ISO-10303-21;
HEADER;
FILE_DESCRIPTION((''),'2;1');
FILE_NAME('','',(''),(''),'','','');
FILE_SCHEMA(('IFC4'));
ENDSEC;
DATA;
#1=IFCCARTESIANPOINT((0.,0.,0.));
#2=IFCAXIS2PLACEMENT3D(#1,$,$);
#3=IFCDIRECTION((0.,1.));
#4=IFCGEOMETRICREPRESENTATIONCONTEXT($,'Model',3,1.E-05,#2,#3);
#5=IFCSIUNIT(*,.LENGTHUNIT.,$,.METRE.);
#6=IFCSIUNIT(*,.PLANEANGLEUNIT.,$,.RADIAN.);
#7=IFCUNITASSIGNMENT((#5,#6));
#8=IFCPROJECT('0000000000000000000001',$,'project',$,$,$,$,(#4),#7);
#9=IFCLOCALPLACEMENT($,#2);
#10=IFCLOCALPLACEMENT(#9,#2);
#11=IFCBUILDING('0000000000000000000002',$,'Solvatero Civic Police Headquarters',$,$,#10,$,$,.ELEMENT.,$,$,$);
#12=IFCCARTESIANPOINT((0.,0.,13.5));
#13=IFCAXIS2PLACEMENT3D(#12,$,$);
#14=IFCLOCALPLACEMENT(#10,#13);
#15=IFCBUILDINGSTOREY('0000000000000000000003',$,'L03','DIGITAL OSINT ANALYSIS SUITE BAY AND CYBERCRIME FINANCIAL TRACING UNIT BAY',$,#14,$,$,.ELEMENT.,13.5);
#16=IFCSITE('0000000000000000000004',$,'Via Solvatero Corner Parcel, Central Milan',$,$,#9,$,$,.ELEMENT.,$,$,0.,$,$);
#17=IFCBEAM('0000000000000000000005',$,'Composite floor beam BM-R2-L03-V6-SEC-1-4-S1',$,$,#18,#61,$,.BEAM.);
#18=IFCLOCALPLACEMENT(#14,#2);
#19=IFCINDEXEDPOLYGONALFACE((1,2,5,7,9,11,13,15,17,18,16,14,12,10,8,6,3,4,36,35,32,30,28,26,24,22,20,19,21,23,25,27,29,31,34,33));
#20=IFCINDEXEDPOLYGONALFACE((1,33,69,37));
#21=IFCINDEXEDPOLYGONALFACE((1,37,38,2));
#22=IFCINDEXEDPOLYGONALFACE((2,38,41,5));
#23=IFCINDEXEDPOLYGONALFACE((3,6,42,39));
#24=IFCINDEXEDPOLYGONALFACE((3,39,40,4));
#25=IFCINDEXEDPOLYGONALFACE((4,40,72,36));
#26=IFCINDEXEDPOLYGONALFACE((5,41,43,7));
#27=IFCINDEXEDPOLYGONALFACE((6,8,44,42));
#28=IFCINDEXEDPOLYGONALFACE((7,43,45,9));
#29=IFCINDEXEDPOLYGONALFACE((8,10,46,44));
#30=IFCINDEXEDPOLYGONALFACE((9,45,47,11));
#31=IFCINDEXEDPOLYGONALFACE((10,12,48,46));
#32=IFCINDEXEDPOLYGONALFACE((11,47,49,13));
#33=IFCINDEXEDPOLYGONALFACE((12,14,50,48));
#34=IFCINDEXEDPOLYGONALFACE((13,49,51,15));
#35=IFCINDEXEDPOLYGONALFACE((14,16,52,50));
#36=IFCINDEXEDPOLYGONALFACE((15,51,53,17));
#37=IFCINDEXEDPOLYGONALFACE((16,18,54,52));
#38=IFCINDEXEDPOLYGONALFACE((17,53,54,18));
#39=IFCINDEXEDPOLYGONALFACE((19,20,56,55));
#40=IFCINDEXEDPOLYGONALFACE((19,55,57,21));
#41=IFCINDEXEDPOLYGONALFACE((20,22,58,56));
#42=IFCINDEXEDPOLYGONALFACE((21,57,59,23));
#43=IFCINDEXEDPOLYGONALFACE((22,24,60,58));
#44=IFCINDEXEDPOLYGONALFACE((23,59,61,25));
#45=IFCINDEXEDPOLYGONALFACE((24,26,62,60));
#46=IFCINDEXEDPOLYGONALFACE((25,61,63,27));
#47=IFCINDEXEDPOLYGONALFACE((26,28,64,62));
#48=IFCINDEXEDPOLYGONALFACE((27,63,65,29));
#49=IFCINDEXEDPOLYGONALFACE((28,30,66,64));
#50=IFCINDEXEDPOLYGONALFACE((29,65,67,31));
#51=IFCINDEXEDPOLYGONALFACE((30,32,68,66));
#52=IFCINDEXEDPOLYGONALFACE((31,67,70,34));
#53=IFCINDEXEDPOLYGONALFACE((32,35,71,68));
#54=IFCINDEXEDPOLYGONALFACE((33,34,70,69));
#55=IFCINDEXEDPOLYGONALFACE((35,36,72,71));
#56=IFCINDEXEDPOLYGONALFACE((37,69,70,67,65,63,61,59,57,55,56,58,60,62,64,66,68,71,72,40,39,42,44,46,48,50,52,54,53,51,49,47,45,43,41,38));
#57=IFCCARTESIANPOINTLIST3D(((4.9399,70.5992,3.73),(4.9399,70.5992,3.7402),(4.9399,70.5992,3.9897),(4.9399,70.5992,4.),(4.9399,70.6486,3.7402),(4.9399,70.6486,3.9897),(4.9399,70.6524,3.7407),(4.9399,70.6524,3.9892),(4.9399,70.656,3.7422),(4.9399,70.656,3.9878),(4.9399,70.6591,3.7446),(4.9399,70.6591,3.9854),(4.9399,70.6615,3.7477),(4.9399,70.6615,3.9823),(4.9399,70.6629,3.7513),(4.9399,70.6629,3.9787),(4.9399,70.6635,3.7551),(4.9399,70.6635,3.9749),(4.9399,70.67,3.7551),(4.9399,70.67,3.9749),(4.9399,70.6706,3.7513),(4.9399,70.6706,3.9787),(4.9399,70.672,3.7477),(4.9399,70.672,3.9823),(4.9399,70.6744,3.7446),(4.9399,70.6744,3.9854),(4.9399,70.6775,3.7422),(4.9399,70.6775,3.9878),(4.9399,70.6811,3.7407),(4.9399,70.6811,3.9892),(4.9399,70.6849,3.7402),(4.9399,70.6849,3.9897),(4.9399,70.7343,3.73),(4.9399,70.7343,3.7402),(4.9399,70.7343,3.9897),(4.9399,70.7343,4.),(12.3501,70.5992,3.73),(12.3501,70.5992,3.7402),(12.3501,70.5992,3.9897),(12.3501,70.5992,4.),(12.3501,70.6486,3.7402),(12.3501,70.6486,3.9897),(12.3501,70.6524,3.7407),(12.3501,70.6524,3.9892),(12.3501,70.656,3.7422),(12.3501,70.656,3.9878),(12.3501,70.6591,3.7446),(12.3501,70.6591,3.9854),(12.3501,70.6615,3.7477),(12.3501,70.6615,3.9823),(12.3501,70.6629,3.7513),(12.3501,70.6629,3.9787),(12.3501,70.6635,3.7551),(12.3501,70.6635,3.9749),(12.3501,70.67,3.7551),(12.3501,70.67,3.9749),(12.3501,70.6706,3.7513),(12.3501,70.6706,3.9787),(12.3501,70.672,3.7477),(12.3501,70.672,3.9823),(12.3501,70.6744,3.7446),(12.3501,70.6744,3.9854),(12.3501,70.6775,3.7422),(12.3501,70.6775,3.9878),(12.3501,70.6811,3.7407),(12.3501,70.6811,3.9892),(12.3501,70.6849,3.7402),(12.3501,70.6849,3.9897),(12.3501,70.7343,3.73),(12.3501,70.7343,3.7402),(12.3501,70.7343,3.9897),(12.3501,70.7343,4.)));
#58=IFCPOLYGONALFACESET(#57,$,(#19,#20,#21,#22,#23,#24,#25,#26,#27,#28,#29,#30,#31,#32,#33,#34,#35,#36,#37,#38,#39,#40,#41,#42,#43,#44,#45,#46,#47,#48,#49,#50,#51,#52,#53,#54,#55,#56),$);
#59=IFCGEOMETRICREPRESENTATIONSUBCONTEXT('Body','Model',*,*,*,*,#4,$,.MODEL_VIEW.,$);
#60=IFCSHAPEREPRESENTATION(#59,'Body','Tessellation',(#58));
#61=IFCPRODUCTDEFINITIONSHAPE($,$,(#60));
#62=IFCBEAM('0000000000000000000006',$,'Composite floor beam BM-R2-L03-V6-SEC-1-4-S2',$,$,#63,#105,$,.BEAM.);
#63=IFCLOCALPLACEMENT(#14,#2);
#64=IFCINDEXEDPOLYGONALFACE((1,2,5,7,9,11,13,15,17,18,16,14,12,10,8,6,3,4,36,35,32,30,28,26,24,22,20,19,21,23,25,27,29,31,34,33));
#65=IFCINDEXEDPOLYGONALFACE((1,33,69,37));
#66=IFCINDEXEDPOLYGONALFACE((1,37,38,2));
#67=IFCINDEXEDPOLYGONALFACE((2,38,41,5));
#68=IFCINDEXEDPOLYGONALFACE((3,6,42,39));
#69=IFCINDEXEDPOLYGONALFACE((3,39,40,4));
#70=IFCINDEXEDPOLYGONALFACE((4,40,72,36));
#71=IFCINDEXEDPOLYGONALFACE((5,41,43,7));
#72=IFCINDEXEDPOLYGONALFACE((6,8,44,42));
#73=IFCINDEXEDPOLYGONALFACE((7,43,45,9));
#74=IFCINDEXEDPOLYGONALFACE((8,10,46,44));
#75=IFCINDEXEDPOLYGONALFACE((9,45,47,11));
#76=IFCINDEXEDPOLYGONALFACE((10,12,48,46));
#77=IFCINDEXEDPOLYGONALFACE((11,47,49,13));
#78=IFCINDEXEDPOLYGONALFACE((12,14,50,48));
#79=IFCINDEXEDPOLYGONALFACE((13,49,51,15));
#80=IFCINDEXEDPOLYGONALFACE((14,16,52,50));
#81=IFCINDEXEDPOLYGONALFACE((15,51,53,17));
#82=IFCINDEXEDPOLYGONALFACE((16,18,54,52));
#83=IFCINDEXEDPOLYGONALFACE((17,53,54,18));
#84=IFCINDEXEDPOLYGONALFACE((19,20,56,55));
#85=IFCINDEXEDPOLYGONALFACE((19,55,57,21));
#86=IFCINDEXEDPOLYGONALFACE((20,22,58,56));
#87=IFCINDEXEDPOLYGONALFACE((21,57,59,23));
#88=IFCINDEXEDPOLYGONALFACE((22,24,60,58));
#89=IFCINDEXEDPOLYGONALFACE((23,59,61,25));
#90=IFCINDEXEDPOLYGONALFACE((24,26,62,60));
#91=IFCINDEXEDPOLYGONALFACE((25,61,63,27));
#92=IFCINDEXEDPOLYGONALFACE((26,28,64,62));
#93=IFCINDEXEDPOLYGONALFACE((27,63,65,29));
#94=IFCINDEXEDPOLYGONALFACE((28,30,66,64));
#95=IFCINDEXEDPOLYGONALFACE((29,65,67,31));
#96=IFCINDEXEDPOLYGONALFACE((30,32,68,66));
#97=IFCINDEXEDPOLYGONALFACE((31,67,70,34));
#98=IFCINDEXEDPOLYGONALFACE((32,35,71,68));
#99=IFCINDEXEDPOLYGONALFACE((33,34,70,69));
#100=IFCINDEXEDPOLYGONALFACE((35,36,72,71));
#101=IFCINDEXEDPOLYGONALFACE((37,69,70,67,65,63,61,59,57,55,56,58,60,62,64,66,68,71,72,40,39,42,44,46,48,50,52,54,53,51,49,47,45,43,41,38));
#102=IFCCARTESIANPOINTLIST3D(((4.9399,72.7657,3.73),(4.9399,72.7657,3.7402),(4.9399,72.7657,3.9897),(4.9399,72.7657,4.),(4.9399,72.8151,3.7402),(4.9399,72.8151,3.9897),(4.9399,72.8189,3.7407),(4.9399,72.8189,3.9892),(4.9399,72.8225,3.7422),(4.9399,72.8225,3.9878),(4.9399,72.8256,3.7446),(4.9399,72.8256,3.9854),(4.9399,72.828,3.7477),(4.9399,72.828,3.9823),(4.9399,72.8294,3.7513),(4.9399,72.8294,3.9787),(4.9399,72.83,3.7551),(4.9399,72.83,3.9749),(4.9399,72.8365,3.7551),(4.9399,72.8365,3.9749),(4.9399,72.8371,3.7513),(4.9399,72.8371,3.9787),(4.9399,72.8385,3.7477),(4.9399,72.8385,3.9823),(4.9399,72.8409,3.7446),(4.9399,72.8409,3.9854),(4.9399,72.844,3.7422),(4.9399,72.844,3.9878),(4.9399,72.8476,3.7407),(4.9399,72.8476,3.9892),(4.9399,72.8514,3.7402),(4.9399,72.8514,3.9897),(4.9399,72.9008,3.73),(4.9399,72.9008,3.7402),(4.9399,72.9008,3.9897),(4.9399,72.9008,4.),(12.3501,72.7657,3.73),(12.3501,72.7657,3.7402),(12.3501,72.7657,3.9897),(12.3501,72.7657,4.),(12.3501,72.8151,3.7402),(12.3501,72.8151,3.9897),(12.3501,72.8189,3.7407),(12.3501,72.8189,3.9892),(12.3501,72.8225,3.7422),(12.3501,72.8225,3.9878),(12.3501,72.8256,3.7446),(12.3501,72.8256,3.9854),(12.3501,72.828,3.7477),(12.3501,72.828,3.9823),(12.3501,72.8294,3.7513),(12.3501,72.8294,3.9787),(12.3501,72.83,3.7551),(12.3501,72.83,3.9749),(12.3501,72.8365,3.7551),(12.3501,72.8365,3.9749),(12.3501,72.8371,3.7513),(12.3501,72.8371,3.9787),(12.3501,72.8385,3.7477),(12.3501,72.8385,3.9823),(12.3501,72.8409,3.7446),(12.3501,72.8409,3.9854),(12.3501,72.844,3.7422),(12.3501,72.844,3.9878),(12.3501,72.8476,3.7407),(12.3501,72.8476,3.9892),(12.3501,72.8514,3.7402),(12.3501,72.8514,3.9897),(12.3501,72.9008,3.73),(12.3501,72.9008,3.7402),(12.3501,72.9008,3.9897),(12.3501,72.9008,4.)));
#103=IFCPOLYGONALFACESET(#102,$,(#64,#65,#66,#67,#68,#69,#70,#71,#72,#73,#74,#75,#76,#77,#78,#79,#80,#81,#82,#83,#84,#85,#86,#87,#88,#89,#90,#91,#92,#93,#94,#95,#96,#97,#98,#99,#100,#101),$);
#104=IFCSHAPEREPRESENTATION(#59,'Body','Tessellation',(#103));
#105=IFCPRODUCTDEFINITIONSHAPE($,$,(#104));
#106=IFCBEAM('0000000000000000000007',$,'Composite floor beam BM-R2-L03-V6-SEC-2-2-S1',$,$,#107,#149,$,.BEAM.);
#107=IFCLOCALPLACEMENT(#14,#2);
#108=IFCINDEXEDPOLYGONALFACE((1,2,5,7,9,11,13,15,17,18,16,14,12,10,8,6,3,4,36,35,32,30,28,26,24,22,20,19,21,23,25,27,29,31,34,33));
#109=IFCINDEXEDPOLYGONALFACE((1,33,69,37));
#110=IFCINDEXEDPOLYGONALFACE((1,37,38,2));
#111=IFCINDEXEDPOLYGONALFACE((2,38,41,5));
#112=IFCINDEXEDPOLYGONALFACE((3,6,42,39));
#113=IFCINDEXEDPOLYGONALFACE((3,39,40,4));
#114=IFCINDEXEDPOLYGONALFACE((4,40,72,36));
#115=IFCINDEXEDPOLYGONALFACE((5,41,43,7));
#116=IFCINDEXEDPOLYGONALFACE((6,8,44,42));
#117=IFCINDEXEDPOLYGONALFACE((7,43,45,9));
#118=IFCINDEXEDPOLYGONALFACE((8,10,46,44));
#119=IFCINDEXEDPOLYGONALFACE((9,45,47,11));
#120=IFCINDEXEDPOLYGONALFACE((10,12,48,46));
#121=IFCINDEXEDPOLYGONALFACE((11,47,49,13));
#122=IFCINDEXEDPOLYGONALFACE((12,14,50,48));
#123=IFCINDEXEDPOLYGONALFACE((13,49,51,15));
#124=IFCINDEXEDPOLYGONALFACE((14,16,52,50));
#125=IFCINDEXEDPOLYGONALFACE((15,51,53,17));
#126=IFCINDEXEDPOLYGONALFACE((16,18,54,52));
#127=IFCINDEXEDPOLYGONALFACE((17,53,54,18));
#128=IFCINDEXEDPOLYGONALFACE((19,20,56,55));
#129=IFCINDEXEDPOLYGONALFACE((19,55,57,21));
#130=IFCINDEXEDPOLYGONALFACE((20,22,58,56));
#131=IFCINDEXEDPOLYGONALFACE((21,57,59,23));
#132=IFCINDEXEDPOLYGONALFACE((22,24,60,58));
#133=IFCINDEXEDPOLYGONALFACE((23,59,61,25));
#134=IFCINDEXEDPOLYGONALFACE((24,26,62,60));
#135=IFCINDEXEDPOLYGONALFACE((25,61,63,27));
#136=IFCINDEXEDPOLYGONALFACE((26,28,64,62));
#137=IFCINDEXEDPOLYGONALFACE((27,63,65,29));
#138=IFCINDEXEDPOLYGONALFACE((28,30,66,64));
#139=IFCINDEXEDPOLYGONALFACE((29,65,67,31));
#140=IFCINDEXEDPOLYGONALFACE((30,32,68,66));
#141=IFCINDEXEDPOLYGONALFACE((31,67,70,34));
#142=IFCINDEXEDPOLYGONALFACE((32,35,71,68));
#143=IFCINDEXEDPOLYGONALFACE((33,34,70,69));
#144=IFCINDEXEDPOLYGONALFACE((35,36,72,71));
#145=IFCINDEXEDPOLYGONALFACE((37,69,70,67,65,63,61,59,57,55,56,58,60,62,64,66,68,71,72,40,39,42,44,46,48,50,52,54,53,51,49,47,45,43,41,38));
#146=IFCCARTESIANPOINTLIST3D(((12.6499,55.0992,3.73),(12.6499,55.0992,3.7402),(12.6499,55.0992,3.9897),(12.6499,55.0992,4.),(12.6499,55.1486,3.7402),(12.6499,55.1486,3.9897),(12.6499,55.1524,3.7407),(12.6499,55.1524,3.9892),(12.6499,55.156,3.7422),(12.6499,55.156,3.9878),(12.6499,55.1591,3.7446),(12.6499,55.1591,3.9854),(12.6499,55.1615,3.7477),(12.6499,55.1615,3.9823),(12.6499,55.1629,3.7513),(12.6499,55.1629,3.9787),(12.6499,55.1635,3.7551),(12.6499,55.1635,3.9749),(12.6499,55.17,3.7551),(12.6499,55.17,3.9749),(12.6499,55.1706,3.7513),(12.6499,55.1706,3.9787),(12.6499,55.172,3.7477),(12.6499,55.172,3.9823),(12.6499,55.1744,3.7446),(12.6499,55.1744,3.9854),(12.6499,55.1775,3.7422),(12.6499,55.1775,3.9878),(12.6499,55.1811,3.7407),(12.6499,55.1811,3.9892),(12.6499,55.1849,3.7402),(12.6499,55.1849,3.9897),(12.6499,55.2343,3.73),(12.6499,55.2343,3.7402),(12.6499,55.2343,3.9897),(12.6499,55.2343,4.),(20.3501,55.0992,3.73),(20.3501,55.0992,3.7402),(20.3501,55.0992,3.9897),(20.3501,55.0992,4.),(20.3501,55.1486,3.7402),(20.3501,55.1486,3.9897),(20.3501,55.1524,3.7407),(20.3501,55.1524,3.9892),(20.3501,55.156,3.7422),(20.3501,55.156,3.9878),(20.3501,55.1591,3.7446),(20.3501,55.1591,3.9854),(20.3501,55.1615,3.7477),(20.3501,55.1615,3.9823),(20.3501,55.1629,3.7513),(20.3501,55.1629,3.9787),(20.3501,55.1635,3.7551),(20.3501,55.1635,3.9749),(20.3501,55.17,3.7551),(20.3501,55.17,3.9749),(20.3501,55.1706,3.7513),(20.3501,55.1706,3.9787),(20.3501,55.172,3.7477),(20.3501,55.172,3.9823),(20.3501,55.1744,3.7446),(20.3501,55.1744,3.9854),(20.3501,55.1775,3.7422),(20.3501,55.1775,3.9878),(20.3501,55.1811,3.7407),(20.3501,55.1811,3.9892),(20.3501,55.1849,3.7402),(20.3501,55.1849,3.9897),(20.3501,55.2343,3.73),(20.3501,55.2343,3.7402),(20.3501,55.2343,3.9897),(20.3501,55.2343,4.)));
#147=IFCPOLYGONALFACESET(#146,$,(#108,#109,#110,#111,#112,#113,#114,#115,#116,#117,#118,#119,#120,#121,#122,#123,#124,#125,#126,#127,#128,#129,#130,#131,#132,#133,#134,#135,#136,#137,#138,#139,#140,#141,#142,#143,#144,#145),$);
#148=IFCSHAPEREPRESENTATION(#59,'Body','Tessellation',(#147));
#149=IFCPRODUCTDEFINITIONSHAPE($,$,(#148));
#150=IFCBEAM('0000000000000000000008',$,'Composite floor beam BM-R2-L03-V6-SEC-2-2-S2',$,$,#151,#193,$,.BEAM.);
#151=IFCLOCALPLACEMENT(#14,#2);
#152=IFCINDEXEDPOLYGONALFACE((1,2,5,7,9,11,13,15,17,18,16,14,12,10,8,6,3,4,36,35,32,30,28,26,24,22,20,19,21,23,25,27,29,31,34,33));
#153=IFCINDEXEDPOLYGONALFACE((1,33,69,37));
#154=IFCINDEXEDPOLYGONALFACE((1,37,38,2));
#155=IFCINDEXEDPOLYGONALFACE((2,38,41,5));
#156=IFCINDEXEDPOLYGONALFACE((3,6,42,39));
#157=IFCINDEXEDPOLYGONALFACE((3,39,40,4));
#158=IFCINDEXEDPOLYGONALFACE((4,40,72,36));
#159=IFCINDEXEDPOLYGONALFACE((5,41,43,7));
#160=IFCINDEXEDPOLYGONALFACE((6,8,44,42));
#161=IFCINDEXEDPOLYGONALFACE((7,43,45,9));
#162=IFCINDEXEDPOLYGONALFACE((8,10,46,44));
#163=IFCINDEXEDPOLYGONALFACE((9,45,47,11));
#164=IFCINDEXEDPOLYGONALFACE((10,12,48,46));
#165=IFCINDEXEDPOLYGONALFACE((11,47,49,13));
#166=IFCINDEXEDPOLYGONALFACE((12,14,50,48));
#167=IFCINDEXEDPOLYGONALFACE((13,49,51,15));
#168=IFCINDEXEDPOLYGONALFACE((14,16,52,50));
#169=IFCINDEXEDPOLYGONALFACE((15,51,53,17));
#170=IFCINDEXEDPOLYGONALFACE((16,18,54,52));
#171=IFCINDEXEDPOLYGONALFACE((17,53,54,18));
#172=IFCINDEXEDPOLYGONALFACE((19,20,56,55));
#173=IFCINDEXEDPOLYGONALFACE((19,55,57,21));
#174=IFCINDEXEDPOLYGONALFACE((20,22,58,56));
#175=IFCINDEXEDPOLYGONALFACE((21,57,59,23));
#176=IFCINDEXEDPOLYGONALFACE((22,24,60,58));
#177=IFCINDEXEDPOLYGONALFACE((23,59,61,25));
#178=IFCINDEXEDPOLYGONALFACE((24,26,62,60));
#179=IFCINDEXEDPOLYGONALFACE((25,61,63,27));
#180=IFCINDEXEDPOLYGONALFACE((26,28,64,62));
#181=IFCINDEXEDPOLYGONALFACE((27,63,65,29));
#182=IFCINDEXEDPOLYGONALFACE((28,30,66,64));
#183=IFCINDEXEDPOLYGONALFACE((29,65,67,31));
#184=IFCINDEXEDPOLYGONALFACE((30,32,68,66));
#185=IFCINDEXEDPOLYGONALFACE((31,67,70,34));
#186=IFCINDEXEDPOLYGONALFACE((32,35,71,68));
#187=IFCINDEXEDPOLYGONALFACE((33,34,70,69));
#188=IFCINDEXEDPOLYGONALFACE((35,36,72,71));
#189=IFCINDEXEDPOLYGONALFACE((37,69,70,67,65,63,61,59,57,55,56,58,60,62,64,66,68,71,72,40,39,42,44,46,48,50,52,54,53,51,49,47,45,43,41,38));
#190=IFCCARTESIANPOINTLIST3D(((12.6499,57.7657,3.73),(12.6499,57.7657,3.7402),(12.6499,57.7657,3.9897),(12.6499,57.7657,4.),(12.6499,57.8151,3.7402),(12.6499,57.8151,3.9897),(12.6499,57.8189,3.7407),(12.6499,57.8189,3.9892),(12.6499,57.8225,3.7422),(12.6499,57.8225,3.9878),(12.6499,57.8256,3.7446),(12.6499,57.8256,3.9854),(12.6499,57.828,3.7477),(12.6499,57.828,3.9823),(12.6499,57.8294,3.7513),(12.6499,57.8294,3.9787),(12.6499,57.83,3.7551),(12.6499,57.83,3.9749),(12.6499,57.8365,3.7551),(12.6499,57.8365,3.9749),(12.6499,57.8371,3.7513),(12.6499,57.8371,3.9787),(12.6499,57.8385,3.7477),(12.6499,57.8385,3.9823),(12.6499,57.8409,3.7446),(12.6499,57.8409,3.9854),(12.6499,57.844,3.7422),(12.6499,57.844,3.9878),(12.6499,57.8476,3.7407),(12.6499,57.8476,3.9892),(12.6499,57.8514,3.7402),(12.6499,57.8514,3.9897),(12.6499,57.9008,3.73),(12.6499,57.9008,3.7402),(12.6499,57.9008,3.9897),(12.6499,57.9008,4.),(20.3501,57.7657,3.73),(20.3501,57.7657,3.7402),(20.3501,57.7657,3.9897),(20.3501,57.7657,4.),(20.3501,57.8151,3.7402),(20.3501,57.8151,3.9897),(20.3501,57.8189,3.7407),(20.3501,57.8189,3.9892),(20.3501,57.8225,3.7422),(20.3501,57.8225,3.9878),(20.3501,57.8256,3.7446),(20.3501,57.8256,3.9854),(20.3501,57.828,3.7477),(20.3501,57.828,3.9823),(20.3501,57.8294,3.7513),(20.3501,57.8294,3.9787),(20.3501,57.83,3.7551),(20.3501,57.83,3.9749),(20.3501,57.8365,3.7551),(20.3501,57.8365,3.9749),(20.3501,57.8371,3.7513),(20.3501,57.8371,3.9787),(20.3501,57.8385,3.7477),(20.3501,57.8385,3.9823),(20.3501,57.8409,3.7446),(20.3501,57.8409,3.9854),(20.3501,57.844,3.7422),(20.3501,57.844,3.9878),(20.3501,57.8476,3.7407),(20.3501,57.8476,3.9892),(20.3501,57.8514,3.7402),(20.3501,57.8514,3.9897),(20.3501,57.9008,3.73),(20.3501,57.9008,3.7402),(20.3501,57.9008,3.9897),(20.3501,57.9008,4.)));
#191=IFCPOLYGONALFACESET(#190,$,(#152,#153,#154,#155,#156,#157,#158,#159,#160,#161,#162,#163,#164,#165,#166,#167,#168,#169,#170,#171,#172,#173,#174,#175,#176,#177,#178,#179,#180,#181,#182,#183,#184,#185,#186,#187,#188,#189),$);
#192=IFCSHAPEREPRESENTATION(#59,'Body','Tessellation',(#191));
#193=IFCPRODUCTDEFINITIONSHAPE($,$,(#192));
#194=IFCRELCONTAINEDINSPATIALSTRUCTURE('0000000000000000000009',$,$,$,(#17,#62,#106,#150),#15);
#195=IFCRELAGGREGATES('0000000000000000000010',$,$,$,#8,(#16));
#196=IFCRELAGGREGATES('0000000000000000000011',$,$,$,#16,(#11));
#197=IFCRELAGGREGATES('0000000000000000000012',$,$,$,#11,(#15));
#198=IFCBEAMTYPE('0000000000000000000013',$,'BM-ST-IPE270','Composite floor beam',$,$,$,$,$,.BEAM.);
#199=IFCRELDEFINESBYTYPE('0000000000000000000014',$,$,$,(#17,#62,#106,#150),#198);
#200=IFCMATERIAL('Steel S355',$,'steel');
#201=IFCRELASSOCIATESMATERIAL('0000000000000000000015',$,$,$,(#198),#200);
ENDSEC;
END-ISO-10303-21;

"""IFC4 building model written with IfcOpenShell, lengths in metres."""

from ifc_helpers import new_model, si_unit, direction, frame, origin, origin_2d, place, context, subcontext, project, spatial, i_section, extrude, material, material_profile, profile_set, type_object, element, save


model = new_model("IFC4")

# Units and contexts
model_context = context("Model", 3, precision=1e-05, world=origin(), true_north=direction((0.0, 1.0)))
body_context = subcontext(model_context, "Body", "Model", "MODEL_VIEW")
ifc_project = project(units=[si_unit("LENGTHUNIT", "METRE"), si_unit("PLANEANGLEUNIT", "RADIAN")], contexts=[model_context])

# Site, building, storey
site_placement = place(None, origin())
site = spatial("IfcSite", under=ifc_project, at=site_placement, Name="Via Solvatero Corner Parcel, Central Milan", CompositionType="ELEMENT", RefElevation=0.0)
building_placement = place(site_placement, origin())
building = spatial("IfcBuilding", under=site, at=building_placement, Name="Solvatero Civic Police Headquarters", CompositionType="ELEMENT")
storey_placement = place(building_placement, frame((0.0, 0.0, 13.5)))
storey = spatial("IfcBuildingStorey", under=building, at=storey_placement, Name="L03", Description="DIGITAL OSINT ANALYSIS SUITE BAY AND CYBERCRIME FINANCIAL TRACING UNIT BAY", CompositionType="ELEMENT", Elevation=13.5)

# Shared definitions
ifc_material_1 = material(Name="Steel S355", Category="steel")

# Beams
ifc_material_profile_1 = material_profile(ifc_material_1, i_section(OverallWidth=0.135, OverallDepth=0.27, WebThickness=0.0066, FlangeThickness=0.0103, FilletRadius=0.0149, at=origin_2d()), Name="IPE 270")
ifc_profile_set_1 = profile_set([ifc_material_profile_1], Name="Steel S355")
beam_type_1 = type_object("IfcBeamType", Name="BM-ST-IPE270", Description="Composite floor beam", PredefinedType="BEAM", material=ifc_profile_set_1)
for number, where, z_axis, x_axis, name in (
    (1, (4.9399, 70.6667, 3.865), (1.0, 0.0, 0.0), (0.0, 1.0, 0.0), "Composite floor beam BM-R2-L03-V6-SEC-1-4-S1"),
    (2, (4.9399, 72.8333, 3.865), (1.0, 0.0, 0.0), (0.0, 1.0, 0.0), "Composite floor beam BM-R2-L03-V6-SEC-1-4-S2"),
):
    element("IfcBeam", number, at=place(storey_placement, frame(where, z_axis=z_axis, x_axis=x_axis)), inside=storey, type_object=beam_type_1, Name=name, PredefinedType="BEAM", context=body_context, shape_type="SweptSolid", body=[
        extrude(i_section(OverallWidth=0.135, OverallDepth=0.27, WebThickness=0.0066, FlangeThickness=0.0103, FilletRadius=0.0149, at=origin_2d()), origin(), (0.0, 0.0, 1.0), 7.4102),
    ])
for number, where, z_axis, x_axis, name in (
    (3, (12.6499, 55.1667, 3.865), (1.0, 0.0, 0.0), (0.0, 1.0, 0.0), "Composite floor beam BM-R2-L03-V6-SEC-2-2-S1"),
    (4, (12.6499, 57.8333, 3.865), (1.0, 0.0, 0.0), (0.0, 1.0, 0.0), "Composite floor beam BM-R2-L03-V6-SEC-2-2-S2"),
):
    element("IfcBeam", number, at=place(storey_placement, frame(where, z_axis=z_axis, x_axis=x_axis)), inside=storey, type_object=beam_type_1, Name=name, PredefinedType="BEAM", context=body_context, shape_type="SweptSolid", body=[
        extrude(i_section(OverallWidth=0.135, OverallDepth=0.27, WebThickness=0.0066, FlangeThickness=0.0103, FilletRadius=0.0149, at=origin_2d()), origin(), (0.0, 0.0, 1.0), 7.7002),
    ])

save(model, "model.ifc")
